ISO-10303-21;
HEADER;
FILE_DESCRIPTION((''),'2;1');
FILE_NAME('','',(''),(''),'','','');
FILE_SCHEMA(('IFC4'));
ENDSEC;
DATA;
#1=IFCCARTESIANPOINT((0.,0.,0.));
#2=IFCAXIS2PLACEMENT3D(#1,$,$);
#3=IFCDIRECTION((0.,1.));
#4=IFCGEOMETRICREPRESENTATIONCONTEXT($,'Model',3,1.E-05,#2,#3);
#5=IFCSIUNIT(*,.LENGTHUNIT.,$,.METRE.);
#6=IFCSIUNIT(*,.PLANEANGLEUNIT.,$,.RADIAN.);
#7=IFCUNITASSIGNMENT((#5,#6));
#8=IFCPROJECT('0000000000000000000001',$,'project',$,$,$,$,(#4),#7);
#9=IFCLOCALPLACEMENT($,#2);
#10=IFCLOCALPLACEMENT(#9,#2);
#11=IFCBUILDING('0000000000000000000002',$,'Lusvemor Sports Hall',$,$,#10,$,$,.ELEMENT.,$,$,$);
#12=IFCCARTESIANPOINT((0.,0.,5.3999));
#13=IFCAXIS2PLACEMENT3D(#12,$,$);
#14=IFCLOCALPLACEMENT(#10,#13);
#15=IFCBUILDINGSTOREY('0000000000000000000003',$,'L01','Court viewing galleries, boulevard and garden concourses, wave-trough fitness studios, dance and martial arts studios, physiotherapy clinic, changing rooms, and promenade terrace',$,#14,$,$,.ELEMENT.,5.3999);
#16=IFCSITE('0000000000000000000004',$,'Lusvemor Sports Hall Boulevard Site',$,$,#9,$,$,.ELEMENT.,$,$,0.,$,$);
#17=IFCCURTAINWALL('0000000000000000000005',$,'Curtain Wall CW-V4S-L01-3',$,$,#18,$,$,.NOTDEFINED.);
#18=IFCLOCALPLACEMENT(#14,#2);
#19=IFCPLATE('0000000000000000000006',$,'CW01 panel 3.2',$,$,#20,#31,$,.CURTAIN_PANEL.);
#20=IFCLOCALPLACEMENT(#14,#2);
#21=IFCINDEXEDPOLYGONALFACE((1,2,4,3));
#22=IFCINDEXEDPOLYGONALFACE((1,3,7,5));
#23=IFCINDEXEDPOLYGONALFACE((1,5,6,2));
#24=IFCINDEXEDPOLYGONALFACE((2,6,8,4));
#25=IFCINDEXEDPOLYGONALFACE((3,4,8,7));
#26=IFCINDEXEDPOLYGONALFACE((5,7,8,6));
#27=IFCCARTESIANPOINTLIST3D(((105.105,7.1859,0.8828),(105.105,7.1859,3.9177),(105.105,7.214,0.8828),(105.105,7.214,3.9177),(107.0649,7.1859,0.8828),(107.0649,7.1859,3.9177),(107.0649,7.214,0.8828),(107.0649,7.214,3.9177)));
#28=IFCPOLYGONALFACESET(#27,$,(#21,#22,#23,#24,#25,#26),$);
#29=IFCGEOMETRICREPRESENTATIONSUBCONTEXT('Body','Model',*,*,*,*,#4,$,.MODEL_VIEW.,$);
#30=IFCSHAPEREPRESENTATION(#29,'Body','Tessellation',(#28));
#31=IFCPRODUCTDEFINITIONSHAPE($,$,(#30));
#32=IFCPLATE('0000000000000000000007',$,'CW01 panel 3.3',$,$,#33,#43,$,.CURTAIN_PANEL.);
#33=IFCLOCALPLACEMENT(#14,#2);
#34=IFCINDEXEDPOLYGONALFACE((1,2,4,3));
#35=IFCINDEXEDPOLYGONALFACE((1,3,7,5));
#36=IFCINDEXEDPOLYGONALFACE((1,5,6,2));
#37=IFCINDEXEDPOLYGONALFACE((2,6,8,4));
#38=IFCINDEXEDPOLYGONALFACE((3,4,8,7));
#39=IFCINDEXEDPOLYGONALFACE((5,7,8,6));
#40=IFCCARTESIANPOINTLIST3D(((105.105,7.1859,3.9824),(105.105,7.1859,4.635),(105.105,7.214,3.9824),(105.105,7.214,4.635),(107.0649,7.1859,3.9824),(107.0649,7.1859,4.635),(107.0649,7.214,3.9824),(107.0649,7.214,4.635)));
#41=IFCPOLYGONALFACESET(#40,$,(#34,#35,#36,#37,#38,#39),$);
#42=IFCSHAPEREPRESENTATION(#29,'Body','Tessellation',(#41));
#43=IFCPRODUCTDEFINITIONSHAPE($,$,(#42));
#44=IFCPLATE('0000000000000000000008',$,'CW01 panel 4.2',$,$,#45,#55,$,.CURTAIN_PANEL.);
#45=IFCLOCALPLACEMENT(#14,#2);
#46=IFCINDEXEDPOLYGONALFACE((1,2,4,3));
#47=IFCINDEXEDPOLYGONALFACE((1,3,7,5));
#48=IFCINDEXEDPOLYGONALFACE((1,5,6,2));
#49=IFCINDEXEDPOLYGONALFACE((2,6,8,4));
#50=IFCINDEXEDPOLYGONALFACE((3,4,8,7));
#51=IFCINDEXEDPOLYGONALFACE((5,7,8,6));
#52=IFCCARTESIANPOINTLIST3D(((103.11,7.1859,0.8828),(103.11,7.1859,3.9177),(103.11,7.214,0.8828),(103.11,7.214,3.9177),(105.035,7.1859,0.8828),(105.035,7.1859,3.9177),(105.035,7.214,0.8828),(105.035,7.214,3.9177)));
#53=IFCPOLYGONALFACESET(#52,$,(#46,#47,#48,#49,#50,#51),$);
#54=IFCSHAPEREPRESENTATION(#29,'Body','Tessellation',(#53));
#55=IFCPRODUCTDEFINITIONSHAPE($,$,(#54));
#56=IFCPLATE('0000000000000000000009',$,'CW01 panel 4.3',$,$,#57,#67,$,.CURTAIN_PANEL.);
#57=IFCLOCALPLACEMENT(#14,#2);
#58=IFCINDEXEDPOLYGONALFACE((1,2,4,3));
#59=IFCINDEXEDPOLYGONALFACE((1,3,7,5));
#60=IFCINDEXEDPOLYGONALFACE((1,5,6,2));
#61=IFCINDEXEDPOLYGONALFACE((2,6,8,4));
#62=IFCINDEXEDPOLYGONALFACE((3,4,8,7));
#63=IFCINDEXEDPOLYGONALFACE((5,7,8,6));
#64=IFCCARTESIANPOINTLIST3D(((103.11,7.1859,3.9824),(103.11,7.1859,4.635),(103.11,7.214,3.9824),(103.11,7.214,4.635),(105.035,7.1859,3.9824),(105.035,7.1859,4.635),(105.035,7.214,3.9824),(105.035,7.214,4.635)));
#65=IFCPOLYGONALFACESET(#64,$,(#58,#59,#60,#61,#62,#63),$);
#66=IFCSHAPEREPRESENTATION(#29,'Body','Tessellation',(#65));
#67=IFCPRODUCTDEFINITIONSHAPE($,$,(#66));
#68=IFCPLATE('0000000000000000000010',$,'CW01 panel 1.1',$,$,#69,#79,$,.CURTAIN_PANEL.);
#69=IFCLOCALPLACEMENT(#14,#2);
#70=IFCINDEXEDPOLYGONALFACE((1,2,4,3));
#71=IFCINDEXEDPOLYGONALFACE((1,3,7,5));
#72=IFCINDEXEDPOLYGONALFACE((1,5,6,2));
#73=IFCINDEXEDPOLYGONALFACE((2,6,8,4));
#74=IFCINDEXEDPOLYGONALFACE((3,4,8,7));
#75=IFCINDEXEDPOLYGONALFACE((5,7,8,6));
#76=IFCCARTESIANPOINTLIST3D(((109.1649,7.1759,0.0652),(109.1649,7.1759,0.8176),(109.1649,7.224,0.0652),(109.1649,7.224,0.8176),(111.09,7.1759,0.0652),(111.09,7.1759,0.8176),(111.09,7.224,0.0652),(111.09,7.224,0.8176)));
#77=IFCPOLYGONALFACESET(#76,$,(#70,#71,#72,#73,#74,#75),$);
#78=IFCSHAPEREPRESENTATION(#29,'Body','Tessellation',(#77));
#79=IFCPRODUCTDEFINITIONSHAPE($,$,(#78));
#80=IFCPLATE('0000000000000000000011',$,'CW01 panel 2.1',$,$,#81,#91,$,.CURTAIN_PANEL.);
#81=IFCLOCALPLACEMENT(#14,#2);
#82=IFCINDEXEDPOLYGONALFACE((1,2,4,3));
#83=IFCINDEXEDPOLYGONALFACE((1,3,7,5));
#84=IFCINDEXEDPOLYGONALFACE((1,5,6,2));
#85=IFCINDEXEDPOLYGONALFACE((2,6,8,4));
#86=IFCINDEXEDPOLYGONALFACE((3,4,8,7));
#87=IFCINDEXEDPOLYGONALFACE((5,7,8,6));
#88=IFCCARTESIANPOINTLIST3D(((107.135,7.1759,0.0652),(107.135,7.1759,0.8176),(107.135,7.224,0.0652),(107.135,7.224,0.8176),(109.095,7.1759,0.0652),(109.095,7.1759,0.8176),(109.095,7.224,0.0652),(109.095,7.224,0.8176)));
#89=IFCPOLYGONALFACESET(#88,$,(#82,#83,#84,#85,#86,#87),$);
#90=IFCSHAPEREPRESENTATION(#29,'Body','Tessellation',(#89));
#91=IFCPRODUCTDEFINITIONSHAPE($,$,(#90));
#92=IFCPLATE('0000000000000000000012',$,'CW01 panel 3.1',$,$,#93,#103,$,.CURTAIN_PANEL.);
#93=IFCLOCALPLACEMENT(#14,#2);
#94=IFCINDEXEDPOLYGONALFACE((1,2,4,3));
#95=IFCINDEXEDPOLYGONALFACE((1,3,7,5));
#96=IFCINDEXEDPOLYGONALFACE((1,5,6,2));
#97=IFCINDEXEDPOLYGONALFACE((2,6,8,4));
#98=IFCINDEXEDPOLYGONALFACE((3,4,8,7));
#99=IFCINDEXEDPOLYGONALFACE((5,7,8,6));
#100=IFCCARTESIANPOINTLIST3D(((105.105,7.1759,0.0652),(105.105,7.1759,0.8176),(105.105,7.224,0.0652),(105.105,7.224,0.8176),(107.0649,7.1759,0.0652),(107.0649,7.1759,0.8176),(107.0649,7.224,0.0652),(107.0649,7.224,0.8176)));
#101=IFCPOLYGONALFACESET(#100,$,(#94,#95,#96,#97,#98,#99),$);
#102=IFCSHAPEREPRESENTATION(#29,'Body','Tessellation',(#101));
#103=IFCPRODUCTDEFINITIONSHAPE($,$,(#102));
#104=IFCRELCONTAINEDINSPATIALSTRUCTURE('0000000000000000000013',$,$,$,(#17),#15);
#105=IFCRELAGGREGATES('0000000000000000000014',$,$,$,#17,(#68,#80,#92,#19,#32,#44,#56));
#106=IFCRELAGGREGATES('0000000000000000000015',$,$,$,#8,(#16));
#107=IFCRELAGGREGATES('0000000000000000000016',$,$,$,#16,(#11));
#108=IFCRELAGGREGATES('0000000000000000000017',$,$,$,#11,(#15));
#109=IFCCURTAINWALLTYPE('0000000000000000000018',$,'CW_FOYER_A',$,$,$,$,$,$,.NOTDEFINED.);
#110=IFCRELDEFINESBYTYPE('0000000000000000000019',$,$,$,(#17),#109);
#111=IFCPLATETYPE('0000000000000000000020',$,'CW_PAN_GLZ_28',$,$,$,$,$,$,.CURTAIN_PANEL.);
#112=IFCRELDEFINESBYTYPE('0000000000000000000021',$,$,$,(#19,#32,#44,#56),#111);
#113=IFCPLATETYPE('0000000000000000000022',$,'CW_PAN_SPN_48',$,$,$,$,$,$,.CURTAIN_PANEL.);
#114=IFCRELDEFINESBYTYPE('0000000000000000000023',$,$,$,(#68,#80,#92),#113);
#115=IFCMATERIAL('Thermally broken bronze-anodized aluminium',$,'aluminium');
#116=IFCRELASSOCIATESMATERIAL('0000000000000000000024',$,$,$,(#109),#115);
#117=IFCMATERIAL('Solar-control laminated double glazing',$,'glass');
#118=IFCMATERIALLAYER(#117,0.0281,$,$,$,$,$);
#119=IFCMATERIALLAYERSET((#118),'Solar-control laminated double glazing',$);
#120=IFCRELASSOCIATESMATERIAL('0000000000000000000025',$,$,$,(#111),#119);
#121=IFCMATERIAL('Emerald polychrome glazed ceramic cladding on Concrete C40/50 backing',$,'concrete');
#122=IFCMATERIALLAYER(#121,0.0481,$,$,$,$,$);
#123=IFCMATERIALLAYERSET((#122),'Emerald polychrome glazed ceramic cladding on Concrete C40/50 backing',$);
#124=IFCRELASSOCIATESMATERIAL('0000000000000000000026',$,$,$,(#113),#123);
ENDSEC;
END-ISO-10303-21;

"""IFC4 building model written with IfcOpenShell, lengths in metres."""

from ifc_helpers import new_model, si_unit, direction, frame, origin, origin_2d, place, context, subcontext, project, spatial, rectangle, extrude, material, layer, layer_set, type_object, element, aggregate, save


model = new_model("IFC4")

# Units and contexts
model_context = context("Model", 3, precision=1e-05, world=origin(), true_north=direction((0.0, 1.0)))
body_context = subcontext(model_context, "Body", "Model", "MODEL_VIEW")
ifc_project = project(units=[si_unit("LENGTHUNIT", "METRE"), si_unit("PLANEANGLEUNIT", "RADIAN")], contexts=[model_context])

# Site, building, storey
site_placement = place(None, origin())
site = spatial("IfcSite", under=ifc_project, at=site_placement, Name="Lusvemor Sports Hall Boulevard Site", CompositionType="ELEMENT", RefElevation=0.0)
building_placement = place(site_placement, origin())
building = spatial("IfcBuilding", under=site, at=building_placement, Name="Lusvemor Sports Hall", CompositionType="ELEMENT")
storey_placement = place(building_placement, frame((0.0, 0.0, 5.3999)))
storey = spatial("IfcBuildingStorey", under=building, at=storey_placement, Name="L01", Description="Court viewing galleries, boulevard and garden concourses, wave-trough fitness studios, dance and martial arts studios, physiotherapy clinic, changing rooms, and promenade terrace", CompositionType="ELEMENT", Elevation=5.3999)

# Curtain wall, plates
ifc_material_1 = material(Name="Thermally broken bronze-anodized aluminium", Category="aluminium")
curtain_wall_type = type_object("IfcCurtainWallType", Name="CW_FOYER_A", PredefinedType="NOTDEFINED", material=ifc_material_1)
curtain_wall_placement = place(storey_placement, origin())
curtain_wall = element("IfcCurtainWall", 1, at=curtain_wall_placement, inside=storey, type_object=curtain_wall_type, Name="Curtain Wall CW-V4S-L01-3", PredefinedType="NOTDEFINED")
ifc_material_2 = material(Name="Solar-control laminated double glazing", Category="glass")
ifc_layer_1 = layer(ifc_material_2, 0.0281)
ifc_layer_set_1 = layer_set([ifc_layer_1], Name="Solar-control laminated double glazing")
plate_type_1 = type_object("IfcPlateType", Name="CW_PAN_GLZ_28", PredefinedType="CURTAIN_PANEL", material=ifc_layer_set_1)
plate_1_placement = place(storey_placement, frame((106.085, 7.2, 0.8828), z_axis=(0.0, 0.0, 1.0), x_axis=(-1.0, 0.0, 0.0)))
plate_1 = element("IfcPlate", 2, at=plate_1_placement, type_object=plate_type_1, Name="CW01 panel 3.2", PredefinedType="CURTAIN_PANEL", context=body_context, shape_type="SweptSolid", body=[
    extrude(rectangle(XDim=1.96, YDim=0.0281, at=origin_2d()), origin(), (0.0, 0.0, 1.0), 3.0349),
])
plate_2_placement = place(storey_placement, frame((106.085, 7.2, 3.9824), z_axis=(0.0, 0.0, 1.0), x_axis=(-1.0, 0.0, 0.0)))
plate_2 = element("IfcPlate", 3, at=plate_2_placement, type_object=plate_type_1, Name="CW01 panel 3.3", PredefinedType="CURTAIN_PANEL", context=body_context, shape_type="SweptSolid", body=[
    extrude(rectangle(XDim=1.96, YDim=0.0281, at=origin_2d()), origin(), (0.0, 0.0, 1.0), 0.6526),
])
plate_3_placement = place(storey_placement, frame((104.0725, 7.2, 0.8828), z_axis=(0.0, 0.0, 1.0), x_axis=(-1.0, 0.0, 0.0)))
plate_3 = element("IfcPlate", 4, at=plate_3_placement, type_object=plate_type_1, Name="CW01 panel 4.2", PredefinedType="CURTAIN_PANEL", context=body_context, shape_type="SweptSolid", body=[
    extrude(rectangle(XDim=1.925, YDim=0.0281, at=origin_2d()), origin(), (0.0, 0.0, 1.0), 3.0349),
])
plate_4_placement = place(storey_placement, frame((104.0725, 7.2, 3.9824), z_axis=(0.0, 0.0, 1.0), x_axis=(-1.0, 0.0, 0.0)))
plate_4 = element("IfcPlate", 5, at=plate_4_placement, type_object=plate_type_1, Name="CW01 panel 4.3", PredefinedType="CURTAIN_PANEL", context=body_context, shape_type="SweptSolid", body=[
    extrude(rectangle(XDim=1.925, YDim=0.0281, at=origin_2d()), origin(), (0.0, 0.0, 1.0), 0.6526),
])
ifc_material_3 = material(Name="Emerald polychrome glazed ceramic cladding on Concrete C40/50 backing", Category="concrete")
ifc_layer_2 = layer(ifc_material_3, 0.0481)
ifc_layer_set_2 = layer_set([ifc_layer_2], Name="Emerald polychrome glazed ceramic cladding on Concrete C40/50 backing")
plate_type_2 = type_object("IfcPlateType", Name="CW_PAN_SPN_48", PredefinedType="CURTAIN_PANEL", material=ifc_layer_set_2)
plate_5_placement = place(storey_placement, frame((110.1274, 7.2, 0.0652), z_axis=(0.0, 0.0, 1.0), x_axis=(-1.0, 0.0, 0.0)))
plate_5 = element("IfcPlate", 6, at=plate_5_placement, type_object=plate_type_2, Name="CW01 panel 1.1", PredefinedType="CURTAIN_PANEL", context=body_context, shape_type="SweptSolid", body=[
    extrude(rectangle(XDim=1.925, YDim=0.0481, at=origin_2d()), origin(), (0.0, 0.0, 1.0), 0.7524),
])
plate_6_placement = place(storey_placement, frame((108.115, 7.2, 0.0652), z_axis=(0.0, 0.0, 1.0), x_axis=(-1.0, 0.0, 0.0)))
plate_6 = element("IfcPlate", 7, at=plate_6_placement, type_object=plate_type_2, Name="CW01 panel 2.1", PredefinedType="CURTAIN_PANEL", context=body_context, shape_type="SweptSolid", body=[
    extrude(rectangle(XDim=1.96, YDim=0.0481, at=origin_2d()), origin(), (0.0, 0.0, 1.0), 0.7524),
])
plate_7_placement = place(storey_placement, frame((106.085, 7.2, 0.0652), z_axis=(0.0, 0.0, 1.0), x_axis=(-1.0, 0.0, 0.0)))
plate_7 = element("IfcPlate", 8, at=plate_7_placement, type_object=plate_type_2, Name="CW01 panel 3.1", PredefinedType="CURTAIN_PANEL", context=body_context, shape_type="SweptSolid", body=[
    extrude(rectangle(XDim=1.96, YDim=0.0481, at=origin_2d()), origin(), (0.0, 0.0, 1.0), 0.7524),
])
aggregate(curtain_wall, [plate_5, plate_6, plate_7, plate_1, plate_2, plate_3, plate_4])

save(model, "model.ifc")
